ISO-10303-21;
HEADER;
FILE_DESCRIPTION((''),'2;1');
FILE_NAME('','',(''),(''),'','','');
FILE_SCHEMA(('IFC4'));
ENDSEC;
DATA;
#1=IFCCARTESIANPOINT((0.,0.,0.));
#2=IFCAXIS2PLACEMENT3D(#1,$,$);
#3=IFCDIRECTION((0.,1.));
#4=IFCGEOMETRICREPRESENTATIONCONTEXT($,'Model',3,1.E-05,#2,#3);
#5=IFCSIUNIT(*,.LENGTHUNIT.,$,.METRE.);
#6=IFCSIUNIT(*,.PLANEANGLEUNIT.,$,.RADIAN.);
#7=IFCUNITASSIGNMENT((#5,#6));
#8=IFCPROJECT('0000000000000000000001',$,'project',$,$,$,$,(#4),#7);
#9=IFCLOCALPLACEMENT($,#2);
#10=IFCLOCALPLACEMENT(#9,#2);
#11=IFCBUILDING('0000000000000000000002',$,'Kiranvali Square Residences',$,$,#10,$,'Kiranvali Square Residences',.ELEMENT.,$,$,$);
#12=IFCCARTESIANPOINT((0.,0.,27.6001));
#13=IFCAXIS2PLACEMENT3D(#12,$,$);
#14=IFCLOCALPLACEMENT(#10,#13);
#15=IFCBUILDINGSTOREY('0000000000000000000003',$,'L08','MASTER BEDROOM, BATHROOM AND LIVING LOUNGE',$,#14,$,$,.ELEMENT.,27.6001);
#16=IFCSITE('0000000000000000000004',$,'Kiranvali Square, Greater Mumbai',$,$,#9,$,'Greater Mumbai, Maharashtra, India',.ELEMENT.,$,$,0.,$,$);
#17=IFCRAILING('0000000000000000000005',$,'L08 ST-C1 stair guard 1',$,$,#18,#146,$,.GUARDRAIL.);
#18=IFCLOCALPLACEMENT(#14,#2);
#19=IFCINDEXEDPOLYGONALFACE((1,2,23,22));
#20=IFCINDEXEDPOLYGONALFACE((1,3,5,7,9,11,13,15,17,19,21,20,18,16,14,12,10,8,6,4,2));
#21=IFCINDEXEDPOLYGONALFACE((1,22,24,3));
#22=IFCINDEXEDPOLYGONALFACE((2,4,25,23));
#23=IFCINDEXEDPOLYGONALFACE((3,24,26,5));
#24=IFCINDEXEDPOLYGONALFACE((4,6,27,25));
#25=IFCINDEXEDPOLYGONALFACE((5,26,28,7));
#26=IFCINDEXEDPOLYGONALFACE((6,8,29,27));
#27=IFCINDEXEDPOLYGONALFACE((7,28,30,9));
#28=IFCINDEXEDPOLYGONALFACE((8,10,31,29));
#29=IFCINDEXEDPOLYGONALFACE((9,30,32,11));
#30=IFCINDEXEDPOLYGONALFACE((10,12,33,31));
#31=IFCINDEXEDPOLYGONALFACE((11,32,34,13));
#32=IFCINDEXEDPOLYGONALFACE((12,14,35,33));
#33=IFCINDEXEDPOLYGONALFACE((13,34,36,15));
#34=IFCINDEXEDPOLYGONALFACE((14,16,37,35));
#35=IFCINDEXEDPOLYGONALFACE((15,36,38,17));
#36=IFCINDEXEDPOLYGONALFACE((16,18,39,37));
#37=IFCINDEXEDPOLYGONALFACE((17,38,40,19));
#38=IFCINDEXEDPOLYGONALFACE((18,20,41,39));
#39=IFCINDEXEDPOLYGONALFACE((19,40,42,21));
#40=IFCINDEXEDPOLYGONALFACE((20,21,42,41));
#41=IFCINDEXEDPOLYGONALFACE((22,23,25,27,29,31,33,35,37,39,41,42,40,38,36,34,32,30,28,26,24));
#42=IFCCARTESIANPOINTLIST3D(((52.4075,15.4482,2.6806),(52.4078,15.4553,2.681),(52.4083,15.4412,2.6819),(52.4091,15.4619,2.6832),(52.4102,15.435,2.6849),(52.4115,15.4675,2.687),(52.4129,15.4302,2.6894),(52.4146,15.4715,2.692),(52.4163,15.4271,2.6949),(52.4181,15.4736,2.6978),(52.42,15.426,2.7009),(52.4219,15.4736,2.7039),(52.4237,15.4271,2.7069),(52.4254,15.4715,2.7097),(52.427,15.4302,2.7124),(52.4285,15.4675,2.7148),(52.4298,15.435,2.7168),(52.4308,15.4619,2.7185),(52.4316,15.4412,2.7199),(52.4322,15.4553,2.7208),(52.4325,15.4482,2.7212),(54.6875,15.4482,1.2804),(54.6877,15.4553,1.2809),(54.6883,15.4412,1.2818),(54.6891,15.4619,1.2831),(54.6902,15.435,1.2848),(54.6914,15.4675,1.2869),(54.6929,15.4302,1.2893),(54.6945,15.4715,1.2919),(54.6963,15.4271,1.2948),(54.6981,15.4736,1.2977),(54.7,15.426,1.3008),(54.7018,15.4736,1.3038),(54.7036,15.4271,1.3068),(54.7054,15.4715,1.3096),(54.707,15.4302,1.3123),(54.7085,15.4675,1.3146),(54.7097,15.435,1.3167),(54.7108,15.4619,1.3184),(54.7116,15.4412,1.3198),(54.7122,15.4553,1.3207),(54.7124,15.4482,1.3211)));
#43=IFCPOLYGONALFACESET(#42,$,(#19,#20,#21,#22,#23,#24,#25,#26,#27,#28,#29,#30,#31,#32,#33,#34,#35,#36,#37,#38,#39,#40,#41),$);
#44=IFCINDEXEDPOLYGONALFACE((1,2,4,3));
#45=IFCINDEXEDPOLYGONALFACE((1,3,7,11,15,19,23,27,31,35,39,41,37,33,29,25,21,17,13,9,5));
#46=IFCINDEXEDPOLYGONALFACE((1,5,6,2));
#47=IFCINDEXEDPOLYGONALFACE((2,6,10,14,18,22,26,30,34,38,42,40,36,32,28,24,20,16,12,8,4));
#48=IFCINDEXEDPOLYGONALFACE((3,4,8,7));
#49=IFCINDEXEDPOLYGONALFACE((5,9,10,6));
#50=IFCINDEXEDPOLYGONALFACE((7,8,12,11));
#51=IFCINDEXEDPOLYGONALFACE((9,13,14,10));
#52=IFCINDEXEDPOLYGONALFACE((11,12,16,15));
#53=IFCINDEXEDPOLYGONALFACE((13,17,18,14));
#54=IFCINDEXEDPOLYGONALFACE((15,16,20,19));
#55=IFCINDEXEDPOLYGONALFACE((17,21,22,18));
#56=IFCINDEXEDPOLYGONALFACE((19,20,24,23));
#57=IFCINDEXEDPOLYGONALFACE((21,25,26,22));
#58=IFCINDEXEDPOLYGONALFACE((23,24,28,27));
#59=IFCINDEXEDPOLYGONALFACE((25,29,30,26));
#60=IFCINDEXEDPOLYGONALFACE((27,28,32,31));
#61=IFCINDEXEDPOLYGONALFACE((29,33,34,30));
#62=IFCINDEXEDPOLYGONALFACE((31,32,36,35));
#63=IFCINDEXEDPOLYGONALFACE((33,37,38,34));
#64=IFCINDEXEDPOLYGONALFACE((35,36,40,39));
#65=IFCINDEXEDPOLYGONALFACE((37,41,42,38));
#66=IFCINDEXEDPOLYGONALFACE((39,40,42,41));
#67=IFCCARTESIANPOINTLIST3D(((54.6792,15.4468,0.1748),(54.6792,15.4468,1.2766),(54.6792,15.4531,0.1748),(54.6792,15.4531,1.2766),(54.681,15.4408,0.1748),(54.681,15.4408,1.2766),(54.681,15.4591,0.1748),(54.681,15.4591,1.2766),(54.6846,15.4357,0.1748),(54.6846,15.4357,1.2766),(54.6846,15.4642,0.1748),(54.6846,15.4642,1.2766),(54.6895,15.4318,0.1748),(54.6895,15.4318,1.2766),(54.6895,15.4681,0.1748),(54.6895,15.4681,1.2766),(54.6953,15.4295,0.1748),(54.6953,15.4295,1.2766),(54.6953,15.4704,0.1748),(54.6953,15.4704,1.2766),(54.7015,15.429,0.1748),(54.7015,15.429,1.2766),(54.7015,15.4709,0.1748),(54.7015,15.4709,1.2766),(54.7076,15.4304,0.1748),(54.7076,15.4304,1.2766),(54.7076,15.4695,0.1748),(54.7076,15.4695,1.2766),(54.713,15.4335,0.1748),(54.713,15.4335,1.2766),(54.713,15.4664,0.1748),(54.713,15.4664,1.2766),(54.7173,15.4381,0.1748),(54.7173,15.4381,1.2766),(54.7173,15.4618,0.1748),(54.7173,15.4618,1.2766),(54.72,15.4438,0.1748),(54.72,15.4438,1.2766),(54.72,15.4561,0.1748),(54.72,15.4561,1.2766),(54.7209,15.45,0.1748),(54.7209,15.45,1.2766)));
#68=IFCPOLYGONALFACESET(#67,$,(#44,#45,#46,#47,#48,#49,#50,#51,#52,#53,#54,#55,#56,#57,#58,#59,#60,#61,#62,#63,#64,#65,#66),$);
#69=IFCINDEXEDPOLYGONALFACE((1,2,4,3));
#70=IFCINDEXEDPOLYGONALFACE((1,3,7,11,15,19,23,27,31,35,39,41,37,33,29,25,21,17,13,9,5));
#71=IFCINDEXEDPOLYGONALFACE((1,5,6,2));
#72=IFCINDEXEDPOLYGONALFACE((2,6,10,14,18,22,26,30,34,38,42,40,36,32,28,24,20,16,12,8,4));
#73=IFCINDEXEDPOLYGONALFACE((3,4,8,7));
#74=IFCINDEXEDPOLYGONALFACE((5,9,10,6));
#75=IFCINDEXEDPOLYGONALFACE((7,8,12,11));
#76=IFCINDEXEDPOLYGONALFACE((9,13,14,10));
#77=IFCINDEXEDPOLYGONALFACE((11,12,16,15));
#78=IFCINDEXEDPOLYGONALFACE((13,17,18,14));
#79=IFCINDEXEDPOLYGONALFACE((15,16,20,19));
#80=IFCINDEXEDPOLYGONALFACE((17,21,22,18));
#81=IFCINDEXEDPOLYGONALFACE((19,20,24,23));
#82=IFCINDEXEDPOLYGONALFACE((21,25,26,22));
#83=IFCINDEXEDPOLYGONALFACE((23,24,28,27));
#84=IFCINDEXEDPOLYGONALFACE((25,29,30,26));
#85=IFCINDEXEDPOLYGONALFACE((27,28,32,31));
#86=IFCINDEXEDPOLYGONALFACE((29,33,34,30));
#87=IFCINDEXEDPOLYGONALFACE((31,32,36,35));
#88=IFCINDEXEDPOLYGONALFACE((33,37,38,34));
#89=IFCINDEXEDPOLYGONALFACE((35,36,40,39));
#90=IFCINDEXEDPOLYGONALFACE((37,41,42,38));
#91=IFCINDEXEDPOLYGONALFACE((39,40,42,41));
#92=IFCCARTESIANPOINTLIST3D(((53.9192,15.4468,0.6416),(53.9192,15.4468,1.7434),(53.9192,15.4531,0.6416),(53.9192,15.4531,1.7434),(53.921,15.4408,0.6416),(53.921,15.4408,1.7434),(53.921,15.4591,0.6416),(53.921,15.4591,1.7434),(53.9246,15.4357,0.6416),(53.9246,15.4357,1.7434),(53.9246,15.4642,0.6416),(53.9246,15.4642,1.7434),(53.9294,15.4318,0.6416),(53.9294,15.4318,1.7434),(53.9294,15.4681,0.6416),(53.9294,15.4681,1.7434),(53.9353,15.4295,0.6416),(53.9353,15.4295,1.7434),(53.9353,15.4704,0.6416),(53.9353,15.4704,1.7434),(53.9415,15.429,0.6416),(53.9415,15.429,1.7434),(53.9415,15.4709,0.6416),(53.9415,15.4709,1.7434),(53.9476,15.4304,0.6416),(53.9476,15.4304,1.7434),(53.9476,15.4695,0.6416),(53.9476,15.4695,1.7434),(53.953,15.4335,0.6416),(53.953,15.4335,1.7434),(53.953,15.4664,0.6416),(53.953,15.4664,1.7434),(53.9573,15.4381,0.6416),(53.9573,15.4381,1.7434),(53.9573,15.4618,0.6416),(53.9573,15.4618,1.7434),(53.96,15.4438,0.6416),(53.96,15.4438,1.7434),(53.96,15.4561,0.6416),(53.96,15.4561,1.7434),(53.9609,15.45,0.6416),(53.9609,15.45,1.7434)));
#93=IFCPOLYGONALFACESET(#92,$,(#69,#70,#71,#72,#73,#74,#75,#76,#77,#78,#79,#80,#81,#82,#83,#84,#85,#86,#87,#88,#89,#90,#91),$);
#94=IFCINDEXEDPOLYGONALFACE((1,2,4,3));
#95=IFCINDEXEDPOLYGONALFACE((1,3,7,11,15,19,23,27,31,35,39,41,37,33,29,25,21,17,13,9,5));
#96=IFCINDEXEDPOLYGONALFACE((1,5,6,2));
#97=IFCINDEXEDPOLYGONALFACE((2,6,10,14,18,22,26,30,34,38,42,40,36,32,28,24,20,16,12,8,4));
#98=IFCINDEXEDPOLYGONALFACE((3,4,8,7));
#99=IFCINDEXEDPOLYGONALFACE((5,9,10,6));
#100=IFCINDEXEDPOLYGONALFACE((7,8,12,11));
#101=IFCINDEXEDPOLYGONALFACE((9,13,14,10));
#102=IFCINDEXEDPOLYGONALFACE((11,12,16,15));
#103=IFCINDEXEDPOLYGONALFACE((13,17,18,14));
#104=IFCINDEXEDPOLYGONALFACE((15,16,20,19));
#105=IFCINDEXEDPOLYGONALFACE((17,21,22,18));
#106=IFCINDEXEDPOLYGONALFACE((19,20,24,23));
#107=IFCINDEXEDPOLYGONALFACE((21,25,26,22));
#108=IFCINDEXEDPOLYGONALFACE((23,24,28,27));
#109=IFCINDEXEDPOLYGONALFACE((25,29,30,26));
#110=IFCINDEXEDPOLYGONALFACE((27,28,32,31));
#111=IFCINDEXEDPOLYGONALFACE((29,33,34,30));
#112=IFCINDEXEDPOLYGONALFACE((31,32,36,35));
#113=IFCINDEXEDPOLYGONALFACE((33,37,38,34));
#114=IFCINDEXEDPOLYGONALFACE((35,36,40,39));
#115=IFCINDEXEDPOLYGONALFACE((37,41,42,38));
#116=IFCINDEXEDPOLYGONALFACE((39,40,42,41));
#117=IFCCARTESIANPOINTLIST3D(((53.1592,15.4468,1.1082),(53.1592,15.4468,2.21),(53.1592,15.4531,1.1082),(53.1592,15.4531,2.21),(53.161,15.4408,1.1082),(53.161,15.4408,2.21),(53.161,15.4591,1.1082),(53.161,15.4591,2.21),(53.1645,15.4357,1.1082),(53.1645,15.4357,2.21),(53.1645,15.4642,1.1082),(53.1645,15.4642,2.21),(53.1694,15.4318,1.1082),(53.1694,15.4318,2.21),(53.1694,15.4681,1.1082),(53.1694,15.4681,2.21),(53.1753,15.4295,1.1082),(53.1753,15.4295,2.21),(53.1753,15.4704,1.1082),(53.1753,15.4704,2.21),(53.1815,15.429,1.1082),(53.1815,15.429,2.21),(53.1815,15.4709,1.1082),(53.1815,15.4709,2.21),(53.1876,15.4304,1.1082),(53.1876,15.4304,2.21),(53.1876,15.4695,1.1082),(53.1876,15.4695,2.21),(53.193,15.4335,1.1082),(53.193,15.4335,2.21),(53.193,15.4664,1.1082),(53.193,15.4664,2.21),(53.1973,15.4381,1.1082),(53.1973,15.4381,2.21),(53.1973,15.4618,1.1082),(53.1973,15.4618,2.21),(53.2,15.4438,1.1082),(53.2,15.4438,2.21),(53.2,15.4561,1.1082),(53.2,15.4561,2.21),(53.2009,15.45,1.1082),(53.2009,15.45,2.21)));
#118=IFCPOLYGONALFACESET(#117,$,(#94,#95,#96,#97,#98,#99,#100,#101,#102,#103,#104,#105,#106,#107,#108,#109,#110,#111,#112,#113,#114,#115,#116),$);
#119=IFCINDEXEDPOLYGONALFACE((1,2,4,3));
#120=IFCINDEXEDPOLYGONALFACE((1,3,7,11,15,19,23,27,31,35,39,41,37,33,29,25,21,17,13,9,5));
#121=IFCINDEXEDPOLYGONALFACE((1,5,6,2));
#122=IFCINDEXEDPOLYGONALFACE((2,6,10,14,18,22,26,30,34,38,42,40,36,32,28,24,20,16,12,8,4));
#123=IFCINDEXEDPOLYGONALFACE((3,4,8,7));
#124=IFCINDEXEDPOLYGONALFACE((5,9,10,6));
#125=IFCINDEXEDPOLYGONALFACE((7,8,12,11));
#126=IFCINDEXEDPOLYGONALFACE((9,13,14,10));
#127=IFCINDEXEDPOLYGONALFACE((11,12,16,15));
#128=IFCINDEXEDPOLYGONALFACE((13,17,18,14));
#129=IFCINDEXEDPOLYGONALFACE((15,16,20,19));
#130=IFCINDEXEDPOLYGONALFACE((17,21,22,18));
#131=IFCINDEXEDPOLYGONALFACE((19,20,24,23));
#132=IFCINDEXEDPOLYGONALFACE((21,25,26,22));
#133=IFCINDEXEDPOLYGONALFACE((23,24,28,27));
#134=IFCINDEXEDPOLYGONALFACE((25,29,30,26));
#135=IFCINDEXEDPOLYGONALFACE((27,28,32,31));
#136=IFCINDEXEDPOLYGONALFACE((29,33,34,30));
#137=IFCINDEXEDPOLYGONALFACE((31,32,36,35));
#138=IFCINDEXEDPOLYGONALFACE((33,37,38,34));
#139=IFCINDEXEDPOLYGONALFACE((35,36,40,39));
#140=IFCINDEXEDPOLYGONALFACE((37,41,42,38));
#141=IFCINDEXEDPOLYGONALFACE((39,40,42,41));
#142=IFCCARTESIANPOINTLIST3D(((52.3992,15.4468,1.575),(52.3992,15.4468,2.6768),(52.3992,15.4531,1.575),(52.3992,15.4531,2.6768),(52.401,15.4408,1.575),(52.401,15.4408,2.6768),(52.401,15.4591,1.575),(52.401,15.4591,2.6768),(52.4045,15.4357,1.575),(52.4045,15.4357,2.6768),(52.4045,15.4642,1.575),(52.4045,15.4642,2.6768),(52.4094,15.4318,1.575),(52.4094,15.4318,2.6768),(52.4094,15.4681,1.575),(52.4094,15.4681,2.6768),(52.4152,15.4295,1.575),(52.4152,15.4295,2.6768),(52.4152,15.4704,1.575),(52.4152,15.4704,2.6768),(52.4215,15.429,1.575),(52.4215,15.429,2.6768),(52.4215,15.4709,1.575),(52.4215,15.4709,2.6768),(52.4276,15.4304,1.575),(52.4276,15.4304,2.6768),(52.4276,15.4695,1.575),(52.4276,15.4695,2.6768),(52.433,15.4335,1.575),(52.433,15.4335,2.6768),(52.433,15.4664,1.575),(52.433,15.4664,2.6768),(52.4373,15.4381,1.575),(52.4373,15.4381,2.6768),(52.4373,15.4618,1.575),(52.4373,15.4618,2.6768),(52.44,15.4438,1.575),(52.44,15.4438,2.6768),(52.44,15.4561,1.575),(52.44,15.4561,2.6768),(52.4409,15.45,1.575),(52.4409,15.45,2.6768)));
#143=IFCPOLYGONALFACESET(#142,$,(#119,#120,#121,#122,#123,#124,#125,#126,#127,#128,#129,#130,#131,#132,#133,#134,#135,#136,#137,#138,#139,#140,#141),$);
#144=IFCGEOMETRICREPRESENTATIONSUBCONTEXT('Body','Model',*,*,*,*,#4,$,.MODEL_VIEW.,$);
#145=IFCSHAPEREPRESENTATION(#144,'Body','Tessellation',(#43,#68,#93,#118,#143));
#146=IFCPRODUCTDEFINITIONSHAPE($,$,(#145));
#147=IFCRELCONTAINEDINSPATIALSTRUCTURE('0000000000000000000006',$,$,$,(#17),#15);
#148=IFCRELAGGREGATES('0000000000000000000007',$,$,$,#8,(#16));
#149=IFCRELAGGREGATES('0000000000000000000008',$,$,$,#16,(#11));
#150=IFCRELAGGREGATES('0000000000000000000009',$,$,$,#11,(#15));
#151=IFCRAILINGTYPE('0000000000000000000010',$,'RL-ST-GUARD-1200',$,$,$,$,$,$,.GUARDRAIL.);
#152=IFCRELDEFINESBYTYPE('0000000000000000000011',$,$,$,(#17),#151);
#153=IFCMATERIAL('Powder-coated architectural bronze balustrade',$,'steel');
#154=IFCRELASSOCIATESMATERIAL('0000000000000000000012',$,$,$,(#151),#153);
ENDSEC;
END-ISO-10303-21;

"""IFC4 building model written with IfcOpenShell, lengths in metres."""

from ifc_helpers import new_model, si_unit, direction, frame, origin, origin_2d, place, context, subcontext, project, spatial, circle, extrude, material, type_object, element, save


model = new_model("IFC4")

# Units and contexts
model_context = context("Model", 3, precision=1e-05, world=origin(), true_north=direction((0.0, 1.0)))
body_context = subcontext(model_context, "Body", "Model", "MODEL_VIEW")
ifc_project = project(units=[si_unit("LENGTHUNIT", "METRE"), si_unit("PLANEANGLEUNIT", "RADIAN")], contexts=[model_context])

# Site, building, storey
site_placement = place(None, origin())
site = spatial("IfcSite", under=ifc_project, at=site_placement, Name="Kiranvali Square, Greater Mumbai", LongName="Greater Mumbai, Maharashtra, India", CompositionType="ELEMENT", RefElevation=0.0)
building_placement = place(site_placement, origin())
building = spatial("IfcBuilding", under=site, at=building_placement, Name="Kiranvali Square Residences", LongName="Kiranvali Square Residences", CompositionType="ELEMENT")
storey_placement = place(building_placement, frame((0.0, 0.0, 27.6001)))
storey = spatial("IfcBuildingStorey", under=building, at=storey_placement, Name="L08", Description="MASTER BEDROOM, BATHROOM AND LIVING LOUNGE", CompositionType="ELEMENT", Elevation=27.6001)

# Railing
ifc_material_1 = material(Name="Powder-coated architectural bronze balustrade", Category="steel")
railing_type_1 = type_object("IfcRailingType", Name="RL-ST-GUARD-1200", PredefinedType="GUARDRAIL", material=ifc_material_1)
railing_1_placement = place(storey_placement, frame((54.7, 15.45, 0.1748)))
element("IfcRailing", 1, at=railing_1_placement, inside=storey, type_object=railing_type_1, Name="L08 ST-C1 stair guard 1", PredefinedType="GUARDRAIL", context=body_context, shape_type="SweptSolid", body=[
    extrude(circle(Radius=0.0239, at=origin_2d()), frame((0.0, 0.0, 1.126), z_axis=(-0.85215, 0.0, 0.523298), x_axis=(0.0, -1.0, 0.0)), (0.0, 0.0, 1.0), 2.6755),
    extrude(circle(Radius=0.021, at=origin_2d()), origin(), (0.0, 0.0, 1.0), 1.1018),
    extrude(circle(Radius=0.021, at=origin_2d()), frame((-0.76, 0.0, 0.4668)), (0.0, 0.0, 1.0), 1.1018),
    extrude(circle(Radius=0.021, at=origin_2d()), frame((-1.52, 0.0, 0.9333)), (0.0, 0.0, 1.0), 1.1018),
    extrude(circle(Radius=0.021, at=origin_2d()), frame((-2.28, 0.0, 1.4001)), (0.0, 0.0, 1.0), 1.1018),
])

save(model, "model.ifc")
